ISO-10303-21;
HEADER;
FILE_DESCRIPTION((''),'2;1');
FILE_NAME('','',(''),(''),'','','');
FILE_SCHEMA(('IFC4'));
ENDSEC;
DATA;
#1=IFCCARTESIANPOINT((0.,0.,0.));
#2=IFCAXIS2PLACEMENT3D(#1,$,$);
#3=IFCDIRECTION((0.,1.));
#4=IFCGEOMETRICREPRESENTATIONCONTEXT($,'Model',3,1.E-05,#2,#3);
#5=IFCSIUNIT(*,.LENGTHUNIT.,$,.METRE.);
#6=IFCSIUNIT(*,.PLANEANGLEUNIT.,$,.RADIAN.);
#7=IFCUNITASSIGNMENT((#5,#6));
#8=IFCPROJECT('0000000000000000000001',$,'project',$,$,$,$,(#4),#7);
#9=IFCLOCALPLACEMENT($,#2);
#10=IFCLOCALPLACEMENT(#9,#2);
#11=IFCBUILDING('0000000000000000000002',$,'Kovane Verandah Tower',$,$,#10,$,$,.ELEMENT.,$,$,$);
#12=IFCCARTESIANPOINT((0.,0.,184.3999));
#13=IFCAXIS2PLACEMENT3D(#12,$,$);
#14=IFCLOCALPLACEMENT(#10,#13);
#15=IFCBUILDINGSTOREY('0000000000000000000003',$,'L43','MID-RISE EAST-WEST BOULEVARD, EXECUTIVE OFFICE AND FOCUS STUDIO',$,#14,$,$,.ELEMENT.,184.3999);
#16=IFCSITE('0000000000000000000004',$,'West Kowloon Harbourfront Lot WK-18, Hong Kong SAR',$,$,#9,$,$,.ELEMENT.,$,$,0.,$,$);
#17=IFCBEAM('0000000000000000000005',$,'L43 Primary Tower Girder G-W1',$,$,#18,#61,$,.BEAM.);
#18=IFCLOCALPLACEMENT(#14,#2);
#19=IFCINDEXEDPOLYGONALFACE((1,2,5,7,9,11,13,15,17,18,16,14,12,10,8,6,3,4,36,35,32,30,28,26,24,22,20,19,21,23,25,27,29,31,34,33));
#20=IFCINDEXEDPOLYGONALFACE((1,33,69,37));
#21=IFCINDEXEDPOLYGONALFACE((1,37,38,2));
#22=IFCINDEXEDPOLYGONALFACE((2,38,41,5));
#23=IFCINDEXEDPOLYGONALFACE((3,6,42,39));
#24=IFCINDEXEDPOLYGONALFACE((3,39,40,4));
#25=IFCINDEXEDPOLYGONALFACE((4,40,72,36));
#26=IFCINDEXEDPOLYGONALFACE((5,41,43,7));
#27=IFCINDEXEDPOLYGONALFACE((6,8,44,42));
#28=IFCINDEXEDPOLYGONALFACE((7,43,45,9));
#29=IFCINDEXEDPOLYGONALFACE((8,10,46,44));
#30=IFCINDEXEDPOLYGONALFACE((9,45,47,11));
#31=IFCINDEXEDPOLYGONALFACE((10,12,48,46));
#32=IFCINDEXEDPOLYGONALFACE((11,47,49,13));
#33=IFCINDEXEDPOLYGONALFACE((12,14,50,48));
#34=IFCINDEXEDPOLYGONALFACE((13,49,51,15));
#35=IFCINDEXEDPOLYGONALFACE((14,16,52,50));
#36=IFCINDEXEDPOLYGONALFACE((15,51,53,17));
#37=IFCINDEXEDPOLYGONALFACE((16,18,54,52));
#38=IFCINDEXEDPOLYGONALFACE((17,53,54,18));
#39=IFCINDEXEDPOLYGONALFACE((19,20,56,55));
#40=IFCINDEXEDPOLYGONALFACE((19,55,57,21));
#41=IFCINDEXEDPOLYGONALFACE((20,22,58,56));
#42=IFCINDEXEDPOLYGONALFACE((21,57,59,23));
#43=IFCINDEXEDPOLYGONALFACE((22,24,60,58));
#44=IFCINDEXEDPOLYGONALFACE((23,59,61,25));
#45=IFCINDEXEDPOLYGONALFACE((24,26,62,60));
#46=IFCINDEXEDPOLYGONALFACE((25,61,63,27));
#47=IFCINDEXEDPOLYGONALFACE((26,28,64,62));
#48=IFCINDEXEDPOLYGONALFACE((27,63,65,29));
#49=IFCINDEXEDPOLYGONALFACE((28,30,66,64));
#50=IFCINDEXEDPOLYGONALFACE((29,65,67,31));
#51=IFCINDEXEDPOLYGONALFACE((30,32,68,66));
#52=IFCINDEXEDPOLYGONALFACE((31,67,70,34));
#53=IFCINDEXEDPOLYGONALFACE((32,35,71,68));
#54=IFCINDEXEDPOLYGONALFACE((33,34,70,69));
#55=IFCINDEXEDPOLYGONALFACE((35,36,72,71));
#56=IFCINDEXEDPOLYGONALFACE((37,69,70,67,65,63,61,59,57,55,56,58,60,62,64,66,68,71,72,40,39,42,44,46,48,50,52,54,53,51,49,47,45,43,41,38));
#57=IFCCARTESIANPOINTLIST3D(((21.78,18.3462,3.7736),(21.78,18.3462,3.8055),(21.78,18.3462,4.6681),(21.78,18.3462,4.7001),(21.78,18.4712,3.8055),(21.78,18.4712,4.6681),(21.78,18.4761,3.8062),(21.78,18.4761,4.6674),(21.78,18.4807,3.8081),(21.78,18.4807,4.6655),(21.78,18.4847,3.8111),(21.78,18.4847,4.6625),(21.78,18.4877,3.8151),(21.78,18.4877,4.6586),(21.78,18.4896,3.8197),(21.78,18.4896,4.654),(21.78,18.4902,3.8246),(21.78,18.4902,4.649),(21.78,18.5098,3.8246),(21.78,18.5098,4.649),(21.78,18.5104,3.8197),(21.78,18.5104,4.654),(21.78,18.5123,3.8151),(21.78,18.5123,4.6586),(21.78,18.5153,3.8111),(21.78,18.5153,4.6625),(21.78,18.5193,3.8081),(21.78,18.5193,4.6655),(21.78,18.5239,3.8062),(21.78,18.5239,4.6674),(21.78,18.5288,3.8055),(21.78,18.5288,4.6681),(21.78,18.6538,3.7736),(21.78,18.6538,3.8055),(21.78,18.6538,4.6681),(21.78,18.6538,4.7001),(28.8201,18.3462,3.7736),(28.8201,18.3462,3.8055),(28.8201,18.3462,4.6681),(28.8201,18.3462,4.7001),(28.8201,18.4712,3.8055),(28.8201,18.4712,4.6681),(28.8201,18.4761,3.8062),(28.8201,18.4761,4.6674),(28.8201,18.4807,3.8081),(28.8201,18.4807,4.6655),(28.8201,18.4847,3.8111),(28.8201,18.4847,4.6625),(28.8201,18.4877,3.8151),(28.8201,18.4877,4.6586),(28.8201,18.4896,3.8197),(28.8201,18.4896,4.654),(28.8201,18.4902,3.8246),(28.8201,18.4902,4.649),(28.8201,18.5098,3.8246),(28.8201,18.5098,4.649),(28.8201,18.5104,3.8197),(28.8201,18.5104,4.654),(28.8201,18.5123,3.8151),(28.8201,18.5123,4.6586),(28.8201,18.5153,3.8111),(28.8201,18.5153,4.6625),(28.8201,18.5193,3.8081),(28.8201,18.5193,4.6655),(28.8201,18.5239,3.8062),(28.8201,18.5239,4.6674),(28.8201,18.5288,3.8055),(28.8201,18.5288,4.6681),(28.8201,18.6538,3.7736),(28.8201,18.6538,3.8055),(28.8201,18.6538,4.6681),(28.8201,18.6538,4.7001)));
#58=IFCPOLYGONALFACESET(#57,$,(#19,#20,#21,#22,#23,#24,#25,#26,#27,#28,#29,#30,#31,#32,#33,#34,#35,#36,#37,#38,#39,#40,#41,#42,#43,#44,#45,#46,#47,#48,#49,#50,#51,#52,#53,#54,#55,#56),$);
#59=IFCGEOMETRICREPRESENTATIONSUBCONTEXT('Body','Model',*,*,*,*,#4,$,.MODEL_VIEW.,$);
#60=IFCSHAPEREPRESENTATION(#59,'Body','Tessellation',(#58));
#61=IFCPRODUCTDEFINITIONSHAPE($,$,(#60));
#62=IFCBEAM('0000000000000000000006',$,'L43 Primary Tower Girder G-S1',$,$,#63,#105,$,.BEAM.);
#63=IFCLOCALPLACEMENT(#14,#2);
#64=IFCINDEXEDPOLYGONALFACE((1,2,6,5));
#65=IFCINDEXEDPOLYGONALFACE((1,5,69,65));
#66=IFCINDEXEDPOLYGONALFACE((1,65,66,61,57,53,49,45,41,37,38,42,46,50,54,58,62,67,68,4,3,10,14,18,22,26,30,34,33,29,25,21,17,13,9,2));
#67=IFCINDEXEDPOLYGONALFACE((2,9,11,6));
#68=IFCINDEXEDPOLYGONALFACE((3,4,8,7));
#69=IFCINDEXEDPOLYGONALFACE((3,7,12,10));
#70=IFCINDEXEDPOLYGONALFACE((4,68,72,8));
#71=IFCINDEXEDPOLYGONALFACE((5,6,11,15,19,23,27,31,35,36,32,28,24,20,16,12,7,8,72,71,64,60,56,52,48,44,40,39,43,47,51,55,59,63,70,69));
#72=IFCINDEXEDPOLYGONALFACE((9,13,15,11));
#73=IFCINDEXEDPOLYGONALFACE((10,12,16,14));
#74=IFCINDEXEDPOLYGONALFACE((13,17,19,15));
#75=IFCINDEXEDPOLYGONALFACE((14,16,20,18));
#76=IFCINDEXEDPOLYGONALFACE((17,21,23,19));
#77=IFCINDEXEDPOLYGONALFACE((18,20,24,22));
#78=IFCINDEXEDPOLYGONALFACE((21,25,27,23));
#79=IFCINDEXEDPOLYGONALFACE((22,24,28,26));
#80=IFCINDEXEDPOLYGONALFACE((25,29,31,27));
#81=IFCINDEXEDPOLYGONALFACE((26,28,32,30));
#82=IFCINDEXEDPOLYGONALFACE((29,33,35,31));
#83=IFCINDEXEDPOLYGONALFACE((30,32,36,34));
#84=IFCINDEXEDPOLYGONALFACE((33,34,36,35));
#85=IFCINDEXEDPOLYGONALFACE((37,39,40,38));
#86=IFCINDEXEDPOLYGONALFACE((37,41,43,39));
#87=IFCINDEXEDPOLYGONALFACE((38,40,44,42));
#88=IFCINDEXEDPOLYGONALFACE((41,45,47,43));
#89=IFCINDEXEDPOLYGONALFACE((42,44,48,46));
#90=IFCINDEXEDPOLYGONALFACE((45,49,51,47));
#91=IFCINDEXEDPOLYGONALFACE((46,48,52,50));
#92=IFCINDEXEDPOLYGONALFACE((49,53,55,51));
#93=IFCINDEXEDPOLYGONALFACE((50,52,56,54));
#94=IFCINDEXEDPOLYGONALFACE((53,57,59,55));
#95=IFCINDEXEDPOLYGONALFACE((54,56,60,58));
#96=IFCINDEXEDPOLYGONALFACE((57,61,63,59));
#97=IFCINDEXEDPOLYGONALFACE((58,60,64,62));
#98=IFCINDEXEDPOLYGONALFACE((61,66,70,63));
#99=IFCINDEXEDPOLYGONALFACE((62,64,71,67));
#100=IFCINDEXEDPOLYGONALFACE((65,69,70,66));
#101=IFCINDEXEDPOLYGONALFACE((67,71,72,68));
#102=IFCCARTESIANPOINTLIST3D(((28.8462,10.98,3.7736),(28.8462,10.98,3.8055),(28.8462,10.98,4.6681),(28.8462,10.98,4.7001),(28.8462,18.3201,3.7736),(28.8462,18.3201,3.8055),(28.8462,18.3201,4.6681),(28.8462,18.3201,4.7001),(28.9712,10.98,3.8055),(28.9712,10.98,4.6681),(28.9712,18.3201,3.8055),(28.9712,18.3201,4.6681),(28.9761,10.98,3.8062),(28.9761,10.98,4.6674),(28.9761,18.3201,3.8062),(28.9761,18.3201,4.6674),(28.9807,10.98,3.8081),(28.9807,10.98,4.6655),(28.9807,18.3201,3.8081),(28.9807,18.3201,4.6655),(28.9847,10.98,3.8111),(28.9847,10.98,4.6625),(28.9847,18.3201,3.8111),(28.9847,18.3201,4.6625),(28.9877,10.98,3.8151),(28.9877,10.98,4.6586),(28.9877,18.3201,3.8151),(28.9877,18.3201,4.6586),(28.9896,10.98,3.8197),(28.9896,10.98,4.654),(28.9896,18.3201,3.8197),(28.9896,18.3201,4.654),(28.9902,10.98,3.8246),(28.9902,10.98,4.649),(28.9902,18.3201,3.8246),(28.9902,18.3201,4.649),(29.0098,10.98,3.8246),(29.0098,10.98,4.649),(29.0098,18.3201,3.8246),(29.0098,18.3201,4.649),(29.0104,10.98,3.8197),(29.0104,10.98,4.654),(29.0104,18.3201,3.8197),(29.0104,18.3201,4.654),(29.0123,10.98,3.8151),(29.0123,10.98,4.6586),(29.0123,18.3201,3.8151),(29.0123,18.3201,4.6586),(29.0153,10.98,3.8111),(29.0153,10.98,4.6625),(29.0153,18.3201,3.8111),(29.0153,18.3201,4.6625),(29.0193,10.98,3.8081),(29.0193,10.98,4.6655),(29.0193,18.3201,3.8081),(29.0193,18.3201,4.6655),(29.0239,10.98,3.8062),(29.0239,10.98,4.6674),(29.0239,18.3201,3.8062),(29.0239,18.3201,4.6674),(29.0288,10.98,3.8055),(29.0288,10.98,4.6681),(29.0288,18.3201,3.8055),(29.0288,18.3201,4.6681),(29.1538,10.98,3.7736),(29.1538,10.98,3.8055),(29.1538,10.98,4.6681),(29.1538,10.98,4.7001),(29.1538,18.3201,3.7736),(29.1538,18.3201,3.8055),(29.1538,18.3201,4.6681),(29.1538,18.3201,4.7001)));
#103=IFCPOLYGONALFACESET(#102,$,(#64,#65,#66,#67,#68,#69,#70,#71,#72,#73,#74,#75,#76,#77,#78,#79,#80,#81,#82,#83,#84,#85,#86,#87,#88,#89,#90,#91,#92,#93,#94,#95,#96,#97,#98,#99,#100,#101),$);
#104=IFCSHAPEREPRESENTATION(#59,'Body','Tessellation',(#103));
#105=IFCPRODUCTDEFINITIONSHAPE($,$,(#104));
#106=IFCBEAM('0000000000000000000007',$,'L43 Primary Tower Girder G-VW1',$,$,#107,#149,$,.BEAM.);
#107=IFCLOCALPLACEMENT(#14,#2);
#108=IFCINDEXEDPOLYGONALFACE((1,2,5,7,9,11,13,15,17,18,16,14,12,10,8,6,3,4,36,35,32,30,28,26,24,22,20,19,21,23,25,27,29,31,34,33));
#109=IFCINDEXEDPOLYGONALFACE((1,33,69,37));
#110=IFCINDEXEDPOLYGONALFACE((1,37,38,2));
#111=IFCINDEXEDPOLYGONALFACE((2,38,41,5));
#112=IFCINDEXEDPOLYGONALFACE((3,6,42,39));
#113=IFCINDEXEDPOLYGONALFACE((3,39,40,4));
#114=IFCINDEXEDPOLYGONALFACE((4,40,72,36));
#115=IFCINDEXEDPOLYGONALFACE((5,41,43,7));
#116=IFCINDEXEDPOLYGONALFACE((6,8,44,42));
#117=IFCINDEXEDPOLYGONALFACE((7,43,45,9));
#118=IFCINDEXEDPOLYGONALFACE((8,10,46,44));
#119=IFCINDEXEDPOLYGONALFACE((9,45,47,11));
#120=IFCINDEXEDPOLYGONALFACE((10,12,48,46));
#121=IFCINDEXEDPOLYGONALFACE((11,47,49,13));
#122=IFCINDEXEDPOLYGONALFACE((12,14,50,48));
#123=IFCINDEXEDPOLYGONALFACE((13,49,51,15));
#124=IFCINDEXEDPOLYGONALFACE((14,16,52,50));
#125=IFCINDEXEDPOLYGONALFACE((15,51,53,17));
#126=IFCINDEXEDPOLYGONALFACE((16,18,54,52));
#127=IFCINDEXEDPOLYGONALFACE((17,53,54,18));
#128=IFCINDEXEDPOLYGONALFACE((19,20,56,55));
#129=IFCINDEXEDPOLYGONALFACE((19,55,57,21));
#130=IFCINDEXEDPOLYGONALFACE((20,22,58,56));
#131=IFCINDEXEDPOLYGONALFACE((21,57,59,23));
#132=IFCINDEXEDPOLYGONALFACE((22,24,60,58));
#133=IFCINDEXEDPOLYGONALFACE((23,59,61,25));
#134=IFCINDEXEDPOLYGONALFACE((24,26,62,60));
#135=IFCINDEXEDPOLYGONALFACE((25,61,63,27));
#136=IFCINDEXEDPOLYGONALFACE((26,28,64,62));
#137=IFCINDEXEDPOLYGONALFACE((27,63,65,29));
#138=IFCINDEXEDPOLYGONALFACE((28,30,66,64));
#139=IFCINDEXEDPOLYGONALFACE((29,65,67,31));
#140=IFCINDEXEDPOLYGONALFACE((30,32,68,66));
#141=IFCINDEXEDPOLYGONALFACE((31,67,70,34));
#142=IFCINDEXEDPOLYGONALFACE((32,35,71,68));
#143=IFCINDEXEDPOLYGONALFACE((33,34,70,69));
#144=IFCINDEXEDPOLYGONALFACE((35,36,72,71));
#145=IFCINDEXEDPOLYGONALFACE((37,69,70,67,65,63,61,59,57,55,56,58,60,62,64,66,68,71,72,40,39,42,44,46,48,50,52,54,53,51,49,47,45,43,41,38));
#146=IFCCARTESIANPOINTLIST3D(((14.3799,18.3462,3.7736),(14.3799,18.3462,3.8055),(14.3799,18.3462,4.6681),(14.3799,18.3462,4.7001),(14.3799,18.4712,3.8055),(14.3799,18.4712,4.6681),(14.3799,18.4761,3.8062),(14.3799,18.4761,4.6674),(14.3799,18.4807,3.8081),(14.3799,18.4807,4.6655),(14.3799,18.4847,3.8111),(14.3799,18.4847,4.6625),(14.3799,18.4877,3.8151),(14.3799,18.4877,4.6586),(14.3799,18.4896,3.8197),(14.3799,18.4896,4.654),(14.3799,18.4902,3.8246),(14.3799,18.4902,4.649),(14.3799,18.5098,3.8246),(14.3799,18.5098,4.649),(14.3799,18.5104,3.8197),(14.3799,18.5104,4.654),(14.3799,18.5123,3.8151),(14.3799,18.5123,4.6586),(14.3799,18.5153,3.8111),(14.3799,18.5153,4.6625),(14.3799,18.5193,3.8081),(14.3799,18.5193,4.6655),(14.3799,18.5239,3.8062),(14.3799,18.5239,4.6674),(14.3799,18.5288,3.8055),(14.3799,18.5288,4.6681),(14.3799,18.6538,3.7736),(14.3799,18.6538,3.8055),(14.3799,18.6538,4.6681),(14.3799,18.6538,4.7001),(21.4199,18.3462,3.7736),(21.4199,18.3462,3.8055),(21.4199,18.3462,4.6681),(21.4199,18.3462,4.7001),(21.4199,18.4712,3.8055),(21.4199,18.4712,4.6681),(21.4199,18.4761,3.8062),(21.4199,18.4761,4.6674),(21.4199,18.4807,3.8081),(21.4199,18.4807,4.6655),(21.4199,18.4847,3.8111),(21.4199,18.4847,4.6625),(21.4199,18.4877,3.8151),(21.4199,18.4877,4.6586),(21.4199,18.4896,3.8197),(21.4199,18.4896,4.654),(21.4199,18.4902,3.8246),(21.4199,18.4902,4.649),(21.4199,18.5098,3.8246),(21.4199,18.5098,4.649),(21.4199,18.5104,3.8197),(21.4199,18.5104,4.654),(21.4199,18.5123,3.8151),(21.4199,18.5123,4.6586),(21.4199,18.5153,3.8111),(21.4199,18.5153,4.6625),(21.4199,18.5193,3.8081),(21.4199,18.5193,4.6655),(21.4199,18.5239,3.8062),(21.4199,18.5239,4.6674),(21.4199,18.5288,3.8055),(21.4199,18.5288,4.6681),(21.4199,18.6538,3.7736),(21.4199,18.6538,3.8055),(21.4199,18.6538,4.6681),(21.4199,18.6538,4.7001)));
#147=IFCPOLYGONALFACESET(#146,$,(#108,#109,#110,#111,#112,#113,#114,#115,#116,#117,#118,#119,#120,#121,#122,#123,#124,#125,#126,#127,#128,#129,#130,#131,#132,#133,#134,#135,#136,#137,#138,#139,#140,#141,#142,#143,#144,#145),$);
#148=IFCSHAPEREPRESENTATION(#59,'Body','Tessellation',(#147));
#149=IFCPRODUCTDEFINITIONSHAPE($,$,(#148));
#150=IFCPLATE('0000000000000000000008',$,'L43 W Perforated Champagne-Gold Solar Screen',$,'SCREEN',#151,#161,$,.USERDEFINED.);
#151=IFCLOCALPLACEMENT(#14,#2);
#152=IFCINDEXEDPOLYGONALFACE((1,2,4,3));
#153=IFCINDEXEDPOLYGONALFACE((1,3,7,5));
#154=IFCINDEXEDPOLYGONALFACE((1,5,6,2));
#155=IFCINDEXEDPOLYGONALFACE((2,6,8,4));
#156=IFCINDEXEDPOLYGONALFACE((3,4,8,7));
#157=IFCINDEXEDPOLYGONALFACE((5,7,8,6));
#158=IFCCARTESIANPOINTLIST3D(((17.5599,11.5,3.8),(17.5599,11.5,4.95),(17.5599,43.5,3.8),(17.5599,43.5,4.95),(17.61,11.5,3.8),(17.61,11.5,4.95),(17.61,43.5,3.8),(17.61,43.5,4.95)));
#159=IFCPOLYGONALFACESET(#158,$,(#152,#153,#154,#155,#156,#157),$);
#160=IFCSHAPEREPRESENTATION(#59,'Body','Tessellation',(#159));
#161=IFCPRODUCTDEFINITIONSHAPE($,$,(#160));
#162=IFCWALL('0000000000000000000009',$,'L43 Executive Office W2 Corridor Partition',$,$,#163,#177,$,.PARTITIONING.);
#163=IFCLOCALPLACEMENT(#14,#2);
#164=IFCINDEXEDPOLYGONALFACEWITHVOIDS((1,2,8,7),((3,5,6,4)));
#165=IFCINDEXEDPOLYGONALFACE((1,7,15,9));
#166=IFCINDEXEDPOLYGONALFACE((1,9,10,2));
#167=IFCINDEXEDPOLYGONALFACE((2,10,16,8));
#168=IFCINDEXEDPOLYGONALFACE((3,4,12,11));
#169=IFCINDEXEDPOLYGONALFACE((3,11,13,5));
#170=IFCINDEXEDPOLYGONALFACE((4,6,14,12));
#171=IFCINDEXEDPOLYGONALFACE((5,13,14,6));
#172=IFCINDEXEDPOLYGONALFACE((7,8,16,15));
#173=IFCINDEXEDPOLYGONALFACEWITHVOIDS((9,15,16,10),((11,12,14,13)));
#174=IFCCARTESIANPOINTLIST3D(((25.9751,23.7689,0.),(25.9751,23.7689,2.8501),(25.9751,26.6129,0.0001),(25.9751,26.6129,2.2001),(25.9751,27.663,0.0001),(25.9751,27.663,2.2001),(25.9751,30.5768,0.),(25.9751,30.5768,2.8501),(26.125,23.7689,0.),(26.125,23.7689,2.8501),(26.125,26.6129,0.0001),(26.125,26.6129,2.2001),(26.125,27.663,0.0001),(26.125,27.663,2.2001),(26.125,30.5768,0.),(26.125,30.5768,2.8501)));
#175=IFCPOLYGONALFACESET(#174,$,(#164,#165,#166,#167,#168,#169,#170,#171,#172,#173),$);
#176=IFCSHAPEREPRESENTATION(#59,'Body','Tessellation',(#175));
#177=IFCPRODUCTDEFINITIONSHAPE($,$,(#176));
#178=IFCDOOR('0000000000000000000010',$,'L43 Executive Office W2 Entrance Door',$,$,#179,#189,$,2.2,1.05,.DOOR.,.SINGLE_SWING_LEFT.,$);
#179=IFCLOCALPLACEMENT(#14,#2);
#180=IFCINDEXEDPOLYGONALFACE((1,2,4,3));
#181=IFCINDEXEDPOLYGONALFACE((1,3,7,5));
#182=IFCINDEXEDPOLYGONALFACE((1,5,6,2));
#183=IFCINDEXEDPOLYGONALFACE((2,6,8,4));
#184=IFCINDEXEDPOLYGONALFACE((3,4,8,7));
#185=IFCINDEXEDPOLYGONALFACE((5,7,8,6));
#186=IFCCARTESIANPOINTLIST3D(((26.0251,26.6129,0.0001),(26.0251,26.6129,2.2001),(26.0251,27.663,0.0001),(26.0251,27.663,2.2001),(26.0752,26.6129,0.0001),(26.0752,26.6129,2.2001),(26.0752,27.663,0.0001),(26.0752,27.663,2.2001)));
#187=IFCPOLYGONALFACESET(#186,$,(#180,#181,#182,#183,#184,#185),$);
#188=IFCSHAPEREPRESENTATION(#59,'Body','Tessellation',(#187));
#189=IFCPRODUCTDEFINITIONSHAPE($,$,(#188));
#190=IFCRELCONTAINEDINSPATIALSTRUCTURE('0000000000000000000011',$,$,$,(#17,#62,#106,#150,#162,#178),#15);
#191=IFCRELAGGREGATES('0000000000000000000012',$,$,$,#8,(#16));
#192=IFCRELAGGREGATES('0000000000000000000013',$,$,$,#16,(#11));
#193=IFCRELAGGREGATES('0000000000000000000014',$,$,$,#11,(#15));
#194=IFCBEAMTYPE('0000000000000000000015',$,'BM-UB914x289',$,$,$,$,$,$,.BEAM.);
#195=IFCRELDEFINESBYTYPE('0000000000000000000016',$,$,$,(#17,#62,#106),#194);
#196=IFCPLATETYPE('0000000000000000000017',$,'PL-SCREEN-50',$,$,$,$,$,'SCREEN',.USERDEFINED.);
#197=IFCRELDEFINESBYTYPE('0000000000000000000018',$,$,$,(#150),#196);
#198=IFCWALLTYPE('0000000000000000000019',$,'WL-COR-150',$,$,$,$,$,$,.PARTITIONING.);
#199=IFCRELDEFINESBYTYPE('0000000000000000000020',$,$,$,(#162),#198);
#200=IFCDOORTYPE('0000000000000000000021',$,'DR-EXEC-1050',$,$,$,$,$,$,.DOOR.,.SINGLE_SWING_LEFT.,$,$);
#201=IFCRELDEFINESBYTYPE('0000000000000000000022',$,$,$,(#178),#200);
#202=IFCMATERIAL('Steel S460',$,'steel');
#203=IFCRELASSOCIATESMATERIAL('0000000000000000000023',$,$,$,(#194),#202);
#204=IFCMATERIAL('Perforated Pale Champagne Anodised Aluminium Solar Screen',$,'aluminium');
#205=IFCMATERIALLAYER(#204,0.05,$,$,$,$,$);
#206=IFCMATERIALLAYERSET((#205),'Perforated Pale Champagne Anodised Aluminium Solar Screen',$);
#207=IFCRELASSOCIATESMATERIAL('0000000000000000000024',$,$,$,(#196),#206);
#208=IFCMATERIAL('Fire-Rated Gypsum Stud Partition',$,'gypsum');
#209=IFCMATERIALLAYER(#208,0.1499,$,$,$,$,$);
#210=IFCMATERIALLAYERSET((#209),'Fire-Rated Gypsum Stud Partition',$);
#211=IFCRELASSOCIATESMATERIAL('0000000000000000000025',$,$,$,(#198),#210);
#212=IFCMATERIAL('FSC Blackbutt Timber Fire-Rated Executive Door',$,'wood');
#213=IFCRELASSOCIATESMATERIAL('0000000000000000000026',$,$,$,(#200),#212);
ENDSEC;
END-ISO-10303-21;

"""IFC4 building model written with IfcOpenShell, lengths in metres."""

from ifc_helpers import new_model, si_unit, direction, frame, frame_2d, origin, origin_2d, place, context, subcontext, project, spatial, rectangle, i_section, extrude, material, layer, layer_set, material_profile, profile_set, type_object, element, fill, save


model = new_model("IFC4")

# Units and contexts
model_context = context("Model", 3, precision=1e-05, world=origin(), true_north=direction((0.0, 1.0)))
body_context = subcontext(model_context, "Body", "Model", "MODEL_VIEW")
ifc_project = project(units=[si_unit("LENGTHUNIT", "METRE"), si_unit("PLANEANGLEUNIT", "RADIAN")], contexts=[model_context])

# Site, building, storey
site_placement = place(None, origin())
site = spatial("IfcSite", under=ifc_project, at=site_placement, Name="West Kowloon Harbourfront Lot WK-18, Hong Kong SAR", CompositionType="ELEMENT", RefElevation=0.0)
building_placement = place(site_placement, origin())
building = spatial("IfcBuilding", under=site, at=building_placement, Name="Kovane Verandah Tower", CompositionType="ELEMENT")
storey_placement = place(building_placement, frame((0.0, 0.0, 184.3999)))
storey = spatial("IfcBuildingStorey", under=building, at=storey_placement, Name="L43", Description="MID-RISE EAST-WEST BOULEVARD, EXECUTIVE OFFICE AND FOCUS STUDIO", CompositionType="ELEMENT", Elevation=184.3999)

# Shared definitions
ifc_material_1 = material(Name="Steel S460", Category="steel")

# Beams
ifc_material_profile_1 = material_profile(ifc_material_1, i_section(OverallWidth=0.3076, OverallDepth=0.9265, WebThickness=0.0195, FlangeThickness=0.032, FilletRadius=0.019, at=origin_2d()), Name="UB914x305x289")
ifc_profile_set_1 = profile_set([ifc_material_profile_1], Name="Steel S460")
beam_type_1 = type_object("IfcBeamType", Name="BM-UB914x289", PredefinedType="BEAM", material=ifc_profile_set_1)
beam_1_placement = place(storey_placement, frame((28.8201, 18.5, 4.2368), z_axis=(-1.0, 0.0, 0.0), x_axis=(0.0, -1.0, 0.0)))
element("IfcBeam", 1, at=beam_1_placement, inside=storey, type_object=beam_type_1, Name="L43 Primary Tower Girder G-W1", PredefinedType="BEAM", context=body_context, shape_type="SweptSolid", body=[
    extrude(i_section(OverallWidth=0.3076, OverallDepth=0.9265, WebThickness=0.0195, FlangeThickness=0.032, FilletRadius=0.019, at=origin_2d()), origin(), (0.0, 0.0, 1.0), 7.04),
])
beam_2_placement = place(storey_placement, frame((29.0, 18.3201, 4.2368), z_axis=(0.0, -1.0, 0.0), x_axis=(1.0, 0.0, 0.0)))
element("IfcBeam", 2, at=beam_2_placement, inside=storey, type_object=beam_type_1, Name="L43 Primary Tower Girder G-S1", PredefinedType="BEAM", context=body_context, shape_type="SweptSolid", body=[
    extrude(i_section(OverallWidth=0.3076, OverallDepth=0.9265, WebThickness=0.0195, FlangeThickness=0.032, FilletRadius=0.019, at=origin_2d()), origin(), (0.0, 0.0, 1.0), 7.3401),
])
beam_3_placement = place(storey_placement, frame((21.4199, 18.5, 4.2368), z_axis=(-1.0, 0.0, 0.0), x_axis=(0.0, -1.0, 0.0)))
element("IfcBeam", 3, at=beam_3_placement, inside=storey, type_object=beam_type_1, Name="L43 Primary Tower Girder G-VW1", PredefinedType="BEAM", context=body_context, shape_type="SweptSolid", body=[
    extrude(i_section(OverallWidth=0.3076, OverallDepth=0.9265, WebThickness=0.0195, FlangeThickness=0.032, FilletRadius=0.019, at=origin_2d()), origin(), (0.0, 0.0, 1.0), 7.04),
])

# Plate
ifc_material_2 = material(Name="Perforated Pale Champagne Anodised Aluminium Solar Screen", Category="aluminium")
ifc_layer_1 = layer(ifc_material_2, 0.05)
ifc_layer_set_1 = layer_set([ifc_layer_1], Name="Perforated Pale Champagne Anodised Aluminium Solar Screen")
plate_type = type_object("IfcPlateType", Name="PL-SCREEN-50", ElementType="SCREEN", PredefinedType="USERDEFINED", material=ifc_layer_set_1)
plate_placement = place(storey_placement, frame((17.585, 27.5, 3.8), z_axis=(0.0, 0.0, 1.0), x_axis=(0.0, -1.0, 0.0)))
element("IfcPlate", 4, at=plate_placement, inside=storey, type_object=plate_type, Name="L43 W Perforated Champagne-Gold Solar Screen", ObjectType="SCREEN", PredefinedType="USERDEFINED", context=body_context, shape_type="SweptSolid", body=[
    extrude(rectangle(XDim=32.0, YDim=0.05, at=origin_2d()), origin(), (0.0, 0.0, 1.0), 1.1499),
])

# Wall, opening, door
ifc_material_3 = material(Name="Fire-Rated Gypsum Stud Partition", Category="gypsum")
ifc_layer_2 = layer(ifc_material_3, 0.1499)
ifc_layer_set_2 = layer_set([ifc_layer_2], Name="Fire-Rated Gypsum Stud Partition")
wall_type_1 = type_object("IfcWallType", Name="WL-COR-150", PredefinedType="PARTITIONING", material=ifc_layer_set_2)
wall_1_placement = place(storey_placement, frame((26.05, 23.769, 0.0), z_axis=(0.0, 0.0, 1.0), x_axis=(0.0, 1.0, 0.0)))
wall_1 = element("IfcWall", 5, at=wall_1_placement, inside=storey, type_object=wall_type_1, Name="L43 Executive Office W2 Corridor Partition", PredefinedType="PARTITIONING", context=body_context, shape_type="SweptSolid", body=[
    extrude(rectangle(XDim=6.8079, YDim=0.1499, at=frame_2d((3.4038, 0.0))), origin(), (0.0, 0.0, 1.0), 2.8501),
])
opening_1_placement = place(wall_1_placement, frame((2.844, 0.0, 0.0)))
opening_1 = element("IfcOpeningElement", 6, at=opening_1_placement, cuts=wall_1, PredefinedType="OPENING", context=body_context, shape_type="SweptSolid", body=[
    extrude(rectangle(XDim=1.05, YDim=2.2, at=frame_2d((0.5249, 1.1001))), frame((0.0, 0.075, 0.0), z_axis=(0.0, -1.0, 0.0), x_axis=(1.0, 0.0, 0.0)), (0.0, 0.0, 1.0), 0.1499),
])
ifc_material_4 = material(Name="FSC Blackbutt Timber Fire-Rated Executive Door", Category="wood")
door_type_1 = type_object("IfcDoorType", Name="DR-EXEC-1050", OperationType="SINGLE_SWING_LEFT", PredefinedType="DOOR", material=ifc_material_4)
door_1_placement = place(opening_1_placement, origin())
door_1 = element("IfcDoor", 7, at=door_1_placement, inside=storey, type_object=door_type_1, Name="L43 Executive Office W2 Entrance Door", OperationType="SINGLE_SWING_LEFT", OverallHeight=2.2, OverallWidth=1.05, PredefinedType="DOOR", context=body_context, shape_type="SweptSolid", body=[
    extrude(rectangle(XDim=1.05, YDim=2.2, at=frame_2d((0.5249, 1.1001))), frame((0.0, 0.0249, 0.0), z_axis=(0.0, -1.0, 0.0), x_axis=(1.0, 0.0, 0.0)), (0.0, 0.0, 1.0), 0.05),
])
fill(opening_1, door_1)

save(model, "model.ifc")
